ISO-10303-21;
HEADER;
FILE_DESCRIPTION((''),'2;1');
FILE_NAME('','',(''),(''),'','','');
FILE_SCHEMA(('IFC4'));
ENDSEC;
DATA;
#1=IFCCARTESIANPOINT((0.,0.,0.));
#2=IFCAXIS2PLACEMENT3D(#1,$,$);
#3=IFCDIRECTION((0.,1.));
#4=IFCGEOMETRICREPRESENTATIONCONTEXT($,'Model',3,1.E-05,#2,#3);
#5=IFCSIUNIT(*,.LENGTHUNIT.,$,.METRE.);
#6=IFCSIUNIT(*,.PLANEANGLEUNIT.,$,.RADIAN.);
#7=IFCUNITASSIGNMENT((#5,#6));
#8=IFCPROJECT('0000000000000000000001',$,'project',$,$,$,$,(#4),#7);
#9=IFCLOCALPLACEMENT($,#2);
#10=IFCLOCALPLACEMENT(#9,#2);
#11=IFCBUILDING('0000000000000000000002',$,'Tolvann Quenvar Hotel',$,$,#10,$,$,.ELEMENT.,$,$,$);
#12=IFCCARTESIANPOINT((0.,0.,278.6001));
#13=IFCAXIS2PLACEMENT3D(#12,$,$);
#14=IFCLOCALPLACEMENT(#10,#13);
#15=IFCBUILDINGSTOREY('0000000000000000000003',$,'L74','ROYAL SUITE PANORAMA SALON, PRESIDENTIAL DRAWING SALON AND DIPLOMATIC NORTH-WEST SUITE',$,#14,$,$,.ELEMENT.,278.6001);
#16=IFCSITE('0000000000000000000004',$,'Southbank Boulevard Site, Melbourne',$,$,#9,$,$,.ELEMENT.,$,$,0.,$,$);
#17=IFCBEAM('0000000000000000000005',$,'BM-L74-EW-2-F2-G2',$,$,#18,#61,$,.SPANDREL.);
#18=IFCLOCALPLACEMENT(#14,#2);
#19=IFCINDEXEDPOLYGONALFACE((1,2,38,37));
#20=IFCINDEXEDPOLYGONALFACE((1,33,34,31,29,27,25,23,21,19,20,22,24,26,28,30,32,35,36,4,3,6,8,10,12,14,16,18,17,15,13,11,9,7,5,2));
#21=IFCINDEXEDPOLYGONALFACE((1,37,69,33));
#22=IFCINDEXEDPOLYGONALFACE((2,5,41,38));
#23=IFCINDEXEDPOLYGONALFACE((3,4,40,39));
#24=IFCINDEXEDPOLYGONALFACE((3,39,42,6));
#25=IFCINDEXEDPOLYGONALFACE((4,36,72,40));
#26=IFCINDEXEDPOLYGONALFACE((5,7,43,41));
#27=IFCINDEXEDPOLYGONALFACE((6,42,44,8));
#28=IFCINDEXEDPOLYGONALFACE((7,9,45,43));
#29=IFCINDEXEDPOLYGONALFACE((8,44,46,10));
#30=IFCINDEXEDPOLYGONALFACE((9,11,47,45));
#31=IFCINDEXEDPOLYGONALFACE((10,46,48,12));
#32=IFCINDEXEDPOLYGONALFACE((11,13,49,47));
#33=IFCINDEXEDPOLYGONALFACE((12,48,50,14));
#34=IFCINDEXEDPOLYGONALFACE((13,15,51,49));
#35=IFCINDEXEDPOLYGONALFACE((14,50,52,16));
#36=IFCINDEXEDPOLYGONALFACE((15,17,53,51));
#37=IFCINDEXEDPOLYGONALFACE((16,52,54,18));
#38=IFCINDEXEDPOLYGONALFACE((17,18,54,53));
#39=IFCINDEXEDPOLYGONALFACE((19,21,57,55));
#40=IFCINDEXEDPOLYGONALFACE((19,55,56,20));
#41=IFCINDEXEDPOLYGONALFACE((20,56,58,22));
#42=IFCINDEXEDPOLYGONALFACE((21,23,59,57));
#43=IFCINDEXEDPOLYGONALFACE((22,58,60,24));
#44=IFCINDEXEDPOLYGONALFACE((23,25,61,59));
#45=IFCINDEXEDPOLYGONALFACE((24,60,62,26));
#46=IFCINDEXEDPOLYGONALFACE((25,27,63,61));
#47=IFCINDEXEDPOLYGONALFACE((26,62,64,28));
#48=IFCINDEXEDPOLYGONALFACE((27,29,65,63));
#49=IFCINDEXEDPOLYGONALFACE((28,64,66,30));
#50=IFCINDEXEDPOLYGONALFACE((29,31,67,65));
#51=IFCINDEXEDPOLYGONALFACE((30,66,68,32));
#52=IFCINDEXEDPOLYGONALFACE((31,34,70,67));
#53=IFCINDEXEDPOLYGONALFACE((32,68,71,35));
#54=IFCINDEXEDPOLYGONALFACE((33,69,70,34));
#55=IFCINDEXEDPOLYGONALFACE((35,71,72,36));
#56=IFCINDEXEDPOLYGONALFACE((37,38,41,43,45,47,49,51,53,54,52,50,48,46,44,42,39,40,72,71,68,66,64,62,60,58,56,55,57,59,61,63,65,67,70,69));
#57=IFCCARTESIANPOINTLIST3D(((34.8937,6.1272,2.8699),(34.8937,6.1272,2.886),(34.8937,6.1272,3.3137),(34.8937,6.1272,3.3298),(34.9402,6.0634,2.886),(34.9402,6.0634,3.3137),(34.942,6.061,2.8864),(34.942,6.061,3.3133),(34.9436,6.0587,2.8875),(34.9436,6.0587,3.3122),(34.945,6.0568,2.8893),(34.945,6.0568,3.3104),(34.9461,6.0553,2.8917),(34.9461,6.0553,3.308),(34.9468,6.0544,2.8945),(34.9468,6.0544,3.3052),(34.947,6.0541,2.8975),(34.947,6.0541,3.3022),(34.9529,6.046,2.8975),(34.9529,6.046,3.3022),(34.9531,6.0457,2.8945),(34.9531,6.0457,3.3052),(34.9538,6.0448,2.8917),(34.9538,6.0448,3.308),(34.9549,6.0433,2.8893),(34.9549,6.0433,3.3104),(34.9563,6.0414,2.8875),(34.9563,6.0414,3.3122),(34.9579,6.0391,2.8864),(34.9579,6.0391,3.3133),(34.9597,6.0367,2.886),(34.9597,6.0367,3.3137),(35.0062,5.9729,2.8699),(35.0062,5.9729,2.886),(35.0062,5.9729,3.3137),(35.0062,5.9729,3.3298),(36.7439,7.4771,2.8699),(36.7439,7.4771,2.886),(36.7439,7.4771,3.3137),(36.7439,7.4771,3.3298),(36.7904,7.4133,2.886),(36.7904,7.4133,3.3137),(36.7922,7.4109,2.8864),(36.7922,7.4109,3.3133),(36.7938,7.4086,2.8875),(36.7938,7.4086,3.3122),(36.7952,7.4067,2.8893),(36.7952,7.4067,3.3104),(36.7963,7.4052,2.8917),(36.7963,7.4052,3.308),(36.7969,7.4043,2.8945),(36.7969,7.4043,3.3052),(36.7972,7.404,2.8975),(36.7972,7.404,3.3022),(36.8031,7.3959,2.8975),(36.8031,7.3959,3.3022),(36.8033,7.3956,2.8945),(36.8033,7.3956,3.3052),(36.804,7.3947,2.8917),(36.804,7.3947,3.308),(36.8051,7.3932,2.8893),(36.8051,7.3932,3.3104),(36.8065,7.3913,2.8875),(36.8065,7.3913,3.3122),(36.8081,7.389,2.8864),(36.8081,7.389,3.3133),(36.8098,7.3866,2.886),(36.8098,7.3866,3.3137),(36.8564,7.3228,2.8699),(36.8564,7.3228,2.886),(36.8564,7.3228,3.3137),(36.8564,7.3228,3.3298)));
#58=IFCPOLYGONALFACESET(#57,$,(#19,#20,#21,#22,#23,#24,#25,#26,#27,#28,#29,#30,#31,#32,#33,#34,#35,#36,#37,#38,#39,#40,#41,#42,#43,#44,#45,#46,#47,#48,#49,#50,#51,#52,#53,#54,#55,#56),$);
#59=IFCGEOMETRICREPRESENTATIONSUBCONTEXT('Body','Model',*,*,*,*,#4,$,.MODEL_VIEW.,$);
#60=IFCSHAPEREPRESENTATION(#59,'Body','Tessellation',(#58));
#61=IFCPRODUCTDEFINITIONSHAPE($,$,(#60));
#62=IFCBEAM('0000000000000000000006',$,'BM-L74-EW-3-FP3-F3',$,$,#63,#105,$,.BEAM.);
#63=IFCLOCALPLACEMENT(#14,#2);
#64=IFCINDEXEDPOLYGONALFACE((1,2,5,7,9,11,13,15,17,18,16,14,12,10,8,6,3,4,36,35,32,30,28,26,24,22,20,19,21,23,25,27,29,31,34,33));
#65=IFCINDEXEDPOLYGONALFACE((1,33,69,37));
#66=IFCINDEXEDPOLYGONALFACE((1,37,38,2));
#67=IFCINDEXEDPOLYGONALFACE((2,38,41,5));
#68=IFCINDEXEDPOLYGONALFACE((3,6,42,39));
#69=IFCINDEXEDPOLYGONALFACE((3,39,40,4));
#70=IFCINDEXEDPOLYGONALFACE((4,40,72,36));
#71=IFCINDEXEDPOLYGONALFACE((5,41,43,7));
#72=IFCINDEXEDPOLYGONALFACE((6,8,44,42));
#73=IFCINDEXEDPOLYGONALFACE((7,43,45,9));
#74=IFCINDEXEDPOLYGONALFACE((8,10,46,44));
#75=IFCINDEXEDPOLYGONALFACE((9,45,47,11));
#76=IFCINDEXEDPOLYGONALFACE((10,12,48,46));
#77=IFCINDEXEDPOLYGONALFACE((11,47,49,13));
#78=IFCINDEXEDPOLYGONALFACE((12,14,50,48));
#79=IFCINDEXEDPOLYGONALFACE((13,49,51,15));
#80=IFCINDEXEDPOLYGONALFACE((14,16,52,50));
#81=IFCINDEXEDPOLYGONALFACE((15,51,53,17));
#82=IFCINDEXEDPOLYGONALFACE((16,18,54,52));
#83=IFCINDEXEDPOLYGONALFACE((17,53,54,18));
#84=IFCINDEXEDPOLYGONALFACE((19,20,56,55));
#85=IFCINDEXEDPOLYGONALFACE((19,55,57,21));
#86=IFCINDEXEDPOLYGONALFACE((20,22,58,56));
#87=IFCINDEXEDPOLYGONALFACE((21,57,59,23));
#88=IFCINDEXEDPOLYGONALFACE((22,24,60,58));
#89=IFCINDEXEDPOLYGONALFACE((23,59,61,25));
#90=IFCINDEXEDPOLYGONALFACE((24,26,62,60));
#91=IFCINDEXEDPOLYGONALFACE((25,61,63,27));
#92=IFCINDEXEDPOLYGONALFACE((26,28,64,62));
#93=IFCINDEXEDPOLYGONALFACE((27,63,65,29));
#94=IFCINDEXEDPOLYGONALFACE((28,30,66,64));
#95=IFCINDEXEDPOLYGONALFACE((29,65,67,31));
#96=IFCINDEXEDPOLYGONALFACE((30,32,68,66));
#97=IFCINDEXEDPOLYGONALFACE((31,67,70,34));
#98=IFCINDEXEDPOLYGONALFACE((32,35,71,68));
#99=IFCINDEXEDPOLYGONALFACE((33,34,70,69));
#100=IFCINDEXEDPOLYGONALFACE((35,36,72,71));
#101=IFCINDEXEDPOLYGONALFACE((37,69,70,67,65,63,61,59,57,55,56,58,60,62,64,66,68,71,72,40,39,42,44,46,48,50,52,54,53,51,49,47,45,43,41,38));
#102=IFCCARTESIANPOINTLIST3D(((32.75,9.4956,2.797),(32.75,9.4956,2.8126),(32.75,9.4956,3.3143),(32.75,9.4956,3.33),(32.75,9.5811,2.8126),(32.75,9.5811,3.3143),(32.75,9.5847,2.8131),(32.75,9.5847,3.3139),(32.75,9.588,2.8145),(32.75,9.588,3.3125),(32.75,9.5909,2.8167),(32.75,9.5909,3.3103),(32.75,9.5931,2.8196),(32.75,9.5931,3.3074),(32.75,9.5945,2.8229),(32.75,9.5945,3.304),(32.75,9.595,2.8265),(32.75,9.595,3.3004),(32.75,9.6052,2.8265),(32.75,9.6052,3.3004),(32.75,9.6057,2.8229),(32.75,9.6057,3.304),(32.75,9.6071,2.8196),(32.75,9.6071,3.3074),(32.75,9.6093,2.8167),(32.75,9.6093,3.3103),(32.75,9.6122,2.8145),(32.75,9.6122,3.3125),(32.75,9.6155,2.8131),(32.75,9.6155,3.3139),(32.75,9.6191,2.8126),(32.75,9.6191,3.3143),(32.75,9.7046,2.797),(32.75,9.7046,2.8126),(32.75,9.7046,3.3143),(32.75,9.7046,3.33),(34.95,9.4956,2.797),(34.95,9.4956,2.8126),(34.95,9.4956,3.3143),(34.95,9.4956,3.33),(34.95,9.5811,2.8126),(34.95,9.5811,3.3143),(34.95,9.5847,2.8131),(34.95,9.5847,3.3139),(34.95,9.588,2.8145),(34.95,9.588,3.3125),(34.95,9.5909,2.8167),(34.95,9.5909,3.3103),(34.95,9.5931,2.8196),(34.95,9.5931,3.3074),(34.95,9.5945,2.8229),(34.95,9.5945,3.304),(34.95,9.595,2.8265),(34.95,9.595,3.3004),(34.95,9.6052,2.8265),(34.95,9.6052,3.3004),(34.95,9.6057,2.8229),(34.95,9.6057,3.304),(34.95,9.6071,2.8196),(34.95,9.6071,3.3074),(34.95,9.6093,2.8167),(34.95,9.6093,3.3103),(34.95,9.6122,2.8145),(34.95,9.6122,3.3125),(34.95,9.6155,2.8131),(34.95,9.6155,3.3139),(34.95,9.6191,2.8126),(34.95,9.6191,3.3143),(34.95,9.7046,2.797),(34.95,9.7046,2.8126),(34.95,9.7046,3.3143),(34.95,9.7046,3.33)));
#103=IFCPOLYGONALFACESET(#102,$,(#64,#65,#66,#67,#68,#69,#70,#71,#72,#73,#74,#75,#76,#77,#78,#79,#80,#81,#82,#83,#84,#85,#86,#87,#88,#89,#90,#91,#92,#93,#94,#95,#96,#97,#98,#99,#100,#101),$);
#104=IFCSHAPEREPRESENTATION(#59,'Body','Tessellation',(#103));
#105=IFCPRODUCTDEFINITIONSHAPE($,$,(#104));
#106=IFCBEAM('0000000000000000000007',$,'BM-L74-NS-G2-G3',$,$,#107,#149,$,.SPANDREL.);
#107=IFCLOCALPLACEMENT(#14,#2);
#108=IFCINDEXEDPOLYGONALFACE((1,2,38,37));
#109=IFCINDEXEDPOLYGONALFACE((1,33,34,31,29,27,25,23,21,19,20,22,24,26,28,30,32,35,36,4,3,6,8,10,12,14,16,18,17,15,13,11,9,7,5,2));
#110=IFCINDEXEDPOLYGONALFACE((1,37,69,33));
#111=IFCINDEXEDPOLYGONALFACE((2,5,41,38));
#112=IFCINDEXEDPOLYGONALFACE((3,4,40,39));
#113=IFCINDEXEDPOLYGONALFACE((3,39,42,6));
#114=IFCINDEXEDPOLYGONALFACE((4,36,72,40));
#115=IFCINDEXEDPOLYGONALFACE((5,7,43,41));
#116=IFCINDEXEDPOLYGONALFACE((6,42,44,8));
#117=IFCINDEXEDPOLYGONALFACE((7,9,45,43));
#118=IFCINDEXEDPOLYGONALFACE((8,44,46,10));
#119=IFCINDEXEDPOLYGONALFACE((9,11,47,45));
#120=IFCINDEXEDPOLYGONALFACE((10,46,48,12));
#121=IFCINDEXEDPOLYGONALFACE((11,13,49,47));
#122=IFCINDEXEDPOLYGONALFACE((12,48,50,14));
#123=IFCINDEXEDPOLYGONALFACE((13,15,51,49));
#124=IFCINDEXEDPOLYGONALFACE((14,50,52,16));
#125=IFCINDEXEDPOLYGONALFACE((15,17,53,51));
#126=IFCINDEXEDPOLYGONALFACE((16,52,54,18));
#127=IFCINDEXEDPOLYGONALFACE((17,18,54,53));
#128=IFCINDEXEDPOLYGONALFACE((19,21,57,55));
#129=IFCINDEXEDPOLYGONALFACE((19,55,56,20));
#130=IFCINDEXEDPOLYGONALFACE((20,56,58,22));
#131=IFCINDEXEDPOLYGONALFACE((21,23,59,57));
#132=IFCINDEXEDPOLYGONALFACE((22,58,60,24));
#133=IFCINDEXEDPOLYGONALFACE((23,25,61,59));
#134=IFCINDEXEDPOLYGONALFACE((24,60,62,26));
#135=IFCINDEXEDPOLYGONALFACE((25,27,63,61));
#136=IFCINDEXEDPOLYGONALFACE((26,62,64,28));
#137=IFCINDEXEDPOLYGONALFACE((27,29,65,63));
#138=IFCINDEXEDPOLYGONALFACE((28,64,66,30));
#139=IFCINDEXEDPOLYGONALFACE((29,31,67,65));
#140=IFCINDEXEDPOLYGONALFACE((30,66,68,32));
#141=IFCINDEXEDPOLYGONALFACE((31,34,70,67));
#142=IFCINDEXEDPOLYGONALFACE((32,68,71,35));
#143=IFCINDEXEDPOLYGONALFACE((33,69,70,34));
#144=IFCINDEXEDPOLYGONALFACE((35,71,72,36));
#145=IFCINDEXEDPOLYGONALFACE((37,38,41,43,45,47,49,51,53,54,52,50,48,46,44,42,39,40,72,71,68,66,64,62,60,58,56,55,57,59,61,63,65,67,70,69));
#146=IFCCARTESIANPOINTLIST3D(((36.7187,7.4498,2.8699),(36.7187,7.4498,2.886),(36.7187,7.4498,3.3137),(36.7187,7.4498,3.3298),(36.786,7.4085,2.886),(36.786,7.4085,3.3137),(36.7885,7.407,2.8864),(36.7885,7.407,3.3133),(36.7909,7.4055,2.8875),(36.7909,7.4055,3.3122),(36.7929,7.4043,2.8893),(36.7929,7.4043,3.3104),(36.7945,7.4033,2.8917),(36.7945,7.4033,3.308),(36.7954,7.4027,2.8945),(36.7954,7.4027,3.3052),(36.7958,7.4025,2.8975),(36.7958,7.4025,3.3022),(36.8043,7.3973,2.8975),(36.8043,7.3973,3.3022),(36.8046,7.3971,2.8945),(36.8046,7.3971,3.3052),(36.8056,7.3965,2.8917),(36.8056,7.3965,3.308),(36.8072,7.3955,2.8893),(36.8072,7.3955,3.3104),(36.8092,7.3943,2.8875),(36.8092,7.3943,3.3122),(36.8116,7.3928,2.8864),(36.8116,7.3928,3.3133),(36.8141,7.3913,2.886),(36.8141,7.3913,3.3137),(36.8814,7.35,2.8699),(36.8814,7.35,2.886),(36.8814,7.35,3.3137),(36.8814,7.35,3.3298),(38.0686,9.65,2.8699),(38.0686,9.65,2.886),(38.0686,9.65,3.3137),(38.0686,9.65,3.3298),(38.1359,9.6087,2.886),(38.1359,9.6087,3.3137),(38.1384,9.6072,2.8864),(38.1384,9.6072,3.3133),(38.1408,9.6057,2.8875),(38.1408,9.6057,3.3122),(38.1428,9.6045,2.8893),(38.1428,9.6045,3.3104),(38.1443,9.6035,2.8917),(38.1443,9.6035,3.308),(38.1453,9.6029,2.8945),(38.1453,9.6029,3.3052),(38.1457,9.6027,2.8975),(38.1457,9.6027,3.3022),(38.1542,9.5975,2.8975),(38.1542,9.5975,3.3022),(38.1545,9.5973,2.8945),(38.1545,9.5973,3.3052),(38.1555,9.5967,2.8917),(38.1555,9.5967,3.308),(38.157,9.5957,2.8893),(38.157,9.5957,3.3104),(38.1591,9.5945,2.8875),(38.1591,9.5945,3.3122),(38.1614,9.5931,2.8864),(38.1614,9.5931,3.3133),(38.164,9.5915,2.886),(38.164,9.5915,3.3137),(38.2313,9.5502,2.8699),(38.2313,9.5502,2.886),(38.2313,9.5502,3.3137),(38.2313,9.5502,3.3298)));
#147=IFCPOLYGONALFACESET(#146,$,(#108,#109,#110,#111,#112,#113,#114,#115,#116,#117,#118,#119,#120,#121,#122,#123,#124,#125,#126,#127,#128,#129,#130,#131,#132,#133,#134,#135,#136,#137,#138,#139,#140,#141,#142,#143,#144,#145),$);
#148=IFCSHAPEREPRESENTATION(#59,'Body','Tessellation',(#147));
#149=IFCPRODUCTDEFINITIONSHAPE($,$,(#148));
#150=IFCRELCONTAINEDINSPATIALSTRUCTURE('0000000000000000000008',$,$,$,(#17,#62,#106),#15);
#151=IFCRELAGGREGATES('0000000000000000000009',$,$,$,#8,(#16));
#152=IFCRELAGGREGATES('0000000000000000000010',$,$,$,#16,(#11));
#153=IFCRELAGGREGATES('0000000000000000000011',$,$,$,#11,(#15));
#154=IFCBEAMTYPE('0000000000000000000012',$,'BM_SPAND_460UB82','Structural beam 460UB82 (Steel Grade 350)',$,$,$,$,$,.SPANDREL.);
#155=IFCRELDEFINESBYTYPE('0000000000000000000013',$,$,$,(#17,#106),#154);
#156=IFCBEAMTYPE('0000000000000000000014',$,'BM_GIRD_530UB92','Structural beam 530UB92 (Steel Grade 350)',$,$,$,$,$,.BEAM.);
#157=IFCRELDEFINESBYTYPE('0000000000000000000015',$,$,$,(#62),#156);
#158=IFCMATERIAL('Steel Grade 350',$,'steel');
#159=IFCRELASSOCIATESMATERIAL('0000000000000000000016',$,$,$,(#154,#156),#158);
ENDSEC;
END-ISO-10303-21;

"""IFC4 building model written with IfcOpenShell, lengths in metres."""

from ifc_helpers import new_model, si_unit, direction, frame, origin, origin_2d, place, context, subcontext, project, spatial, i_section, extrude, source, transform, mapped, material, material_profile, profile_set, type_object, type_shapes, element, save


model = new_model("IFC4")

# Units and contexts
model_context = context("Model", 3, precision=1e-05, world=origin(), true_north=direction((0.0, 1.0)))
body_context = subcontext(model_context, "Body", "Model", "MODEL_VIEW")
ifc_project = project(units=[si_unit("LENGTHUNIT", "METRE"), si_unit("PLANEANGLEUNIT", "RADIAN")], contexts=[model_context])

# Site, building, storey
site_placement = place(None, origin())
site = spatial("IfcSite", under=ifc_project, at=site_placement, Name="Southbank Boulevard Site, Melbourne", CompositionType="ELEMENT", RefElevation=0.0)
building_placement = place(site_placement, origin())
building = spatial("IfcBuilding", under=site, at=building_placement, Name="Tolvann Quenvar Hotel", CompositionType="ELEMENT")
storey_placement = place(building_placement, frame((0.0, 0.0, 278.6001)))
storey = spatial("IfcBuildingStorey", under=building, at=storey_placement, Name="L74", Description="ROYAL SUITE PANORAMA SALON, PRESIDENTIAL DRAWING SALON AND DIPLOMATIC NORTH-WEST SUITE", CompositionType="ELEMENT", Elevation=278.6001)

# Shared definitions
ifc_material_1 = material(Name="Steel Grade 350", Category="steel")

# Beams
ifc_material_profile_1 = material_profile(ifc_material_1, i_section(OverallWidth=0.1909, OverallDepth=0.46, WebThickness=0.01, FlangeThickness=0.0161, FilletRadius=0.0115, at=origin_2d()), Name="460UB82")
ifc_profile_set_1 = profile_set([ifc_material_profile_1], Name="Steel Grade 350")
beam_type_1 = type_object("IfcBeamType", Name="BM_SPAND_460UB82", Description="Structural beam 460UB82 (Steel Grade 350)", PredefinedType="SPANDREL", material=ifc_profile_set_1)
shared_shape_1 = source(origin(), body_context, "Body", "SweptSolid", [
    extrude(i_section(OverallWidth=0.1909, OverallDepth=0.46, WebThickness=0.01, FlangeThickness=0.0161, FilletRadius=0.0115, at=origin_2d()), origin(), (0.0, 0.0, 1.0), 2.2903),
])
beam_1_placement = place(storey_placement, frame((34.95, 6.05, 3.0999), z_axis=(0.807836, 0.589407, 0.0), x_axis=(-0.589407, 0.807836, 0.0)))
element("IfcBeam", 1, at=beam_1_placement, inside=storey, type_object=beam_type_1, Name="BM-L74-EW-2-F2-G2", PredefinedType="SPANDREL", context=body_context, shape_type="MappedRepresentation", body=[
    mapped(shared_shape_1, transform((0.0, 0.0, 0.0), x_axis=(1.0, 0.0, 0.0), y_axis=(0.0, 1.0, 0.0), z_axis=(0.0, 0.0, 1.0), scale=1.0)),
])
ifc_material_profile_2 = material_profile(ifc_material_1, i_section(OverallWidth=0.209, OverallDepth=0.533, WebThickness=0.0103, FlangeThickness=0.0156, FilletRadius=0.0139, at=origin_2d()), Name="530UB92")
ifc_profile_set_2 = profile_set([ifc_material_profile_2], Name="Steel Grade 350")
beam_type_2 = type_object("IfcBeamType", Name="BM_GIRD_530UB92", Description="Structural beam 530UB92 (Steel Grade 350)", PredefinedType="BEAM", material=ifc_profile_set_2)
shared_shape_2 = source(origin(), body_context, "Body", "SweptSolid", [
    extrude(i_section(OverallWidth=0.209, OverallDepth=0.533, WebThickness=0.0103, FlangeThickness=0.0156, FilletRadius=0.0139, at=origin_2d()), origin(), (0.0, 0.0, 1.0), 2.2),
])
beam_2_placement = place(storey_placement, frame((32.75, 9.6001, 3.0635), z_axis=(1.0, 0.0, 0.0), x_axis=(0.0, 1.0, 0.0)))
element("IfcBeam", 2, at=beam_2_placement, inside=storey, type_object=beam_type_2, Name="BM-L74-EW-3-FP3-F3", PredefinedType="BEAM", context=body_context, shape_type="MappedRepresentation", body=[
    mapped(shared_shape_2, transform((0.0, 0.0, 0.0), x_axis=(1.0, 0.0, 0.0), y_axis=(0.0, 1.0, 0.0), z_axis=(0.0, 0.0, 1.0), scale=1.0)),
])
shared_shape_3 = source(origin(), body_context, "Body", "SweptSolid", [
    extrude(i_section(OverallWidth=0.1909, OverallDepth=0.46, WebThickness=0.01, FlangeThickness=0.0161, FilletRadius=0.0115, at=origin_2d()), origin(), (0.0, 0.0, 1.0), 2.5813),
])
type_shapes(beam_type_1, [shared_shape_1, shared_shape_3])
beam_3_placement = place(storey_placement, frame((36.8, 7.3999, 3.0999), z_axis=(0.522941, 0.852369, 0.0), x_axis=(-0.852369, 0.522941, 0.0)))
element("IfcBeam", 3, at=beam_3_placement, inside=storey, type_object=beam_type_1, Name="BM-L74-NS-G2-G3", PredefinedType="SPANDREL", context=body_context, shape_type="MappedRepresentation", body=[
    mapped(shared_shape_3, transform((0.0, 0.0, 0.0), x_axis=(1.0, 0.0, 0.0), y_axis=(0.0, 1.0, 0.0), z_axis=(0.0, 0.0, 1.0), scale=1.0)),
])

save(model, "model.ifc")
